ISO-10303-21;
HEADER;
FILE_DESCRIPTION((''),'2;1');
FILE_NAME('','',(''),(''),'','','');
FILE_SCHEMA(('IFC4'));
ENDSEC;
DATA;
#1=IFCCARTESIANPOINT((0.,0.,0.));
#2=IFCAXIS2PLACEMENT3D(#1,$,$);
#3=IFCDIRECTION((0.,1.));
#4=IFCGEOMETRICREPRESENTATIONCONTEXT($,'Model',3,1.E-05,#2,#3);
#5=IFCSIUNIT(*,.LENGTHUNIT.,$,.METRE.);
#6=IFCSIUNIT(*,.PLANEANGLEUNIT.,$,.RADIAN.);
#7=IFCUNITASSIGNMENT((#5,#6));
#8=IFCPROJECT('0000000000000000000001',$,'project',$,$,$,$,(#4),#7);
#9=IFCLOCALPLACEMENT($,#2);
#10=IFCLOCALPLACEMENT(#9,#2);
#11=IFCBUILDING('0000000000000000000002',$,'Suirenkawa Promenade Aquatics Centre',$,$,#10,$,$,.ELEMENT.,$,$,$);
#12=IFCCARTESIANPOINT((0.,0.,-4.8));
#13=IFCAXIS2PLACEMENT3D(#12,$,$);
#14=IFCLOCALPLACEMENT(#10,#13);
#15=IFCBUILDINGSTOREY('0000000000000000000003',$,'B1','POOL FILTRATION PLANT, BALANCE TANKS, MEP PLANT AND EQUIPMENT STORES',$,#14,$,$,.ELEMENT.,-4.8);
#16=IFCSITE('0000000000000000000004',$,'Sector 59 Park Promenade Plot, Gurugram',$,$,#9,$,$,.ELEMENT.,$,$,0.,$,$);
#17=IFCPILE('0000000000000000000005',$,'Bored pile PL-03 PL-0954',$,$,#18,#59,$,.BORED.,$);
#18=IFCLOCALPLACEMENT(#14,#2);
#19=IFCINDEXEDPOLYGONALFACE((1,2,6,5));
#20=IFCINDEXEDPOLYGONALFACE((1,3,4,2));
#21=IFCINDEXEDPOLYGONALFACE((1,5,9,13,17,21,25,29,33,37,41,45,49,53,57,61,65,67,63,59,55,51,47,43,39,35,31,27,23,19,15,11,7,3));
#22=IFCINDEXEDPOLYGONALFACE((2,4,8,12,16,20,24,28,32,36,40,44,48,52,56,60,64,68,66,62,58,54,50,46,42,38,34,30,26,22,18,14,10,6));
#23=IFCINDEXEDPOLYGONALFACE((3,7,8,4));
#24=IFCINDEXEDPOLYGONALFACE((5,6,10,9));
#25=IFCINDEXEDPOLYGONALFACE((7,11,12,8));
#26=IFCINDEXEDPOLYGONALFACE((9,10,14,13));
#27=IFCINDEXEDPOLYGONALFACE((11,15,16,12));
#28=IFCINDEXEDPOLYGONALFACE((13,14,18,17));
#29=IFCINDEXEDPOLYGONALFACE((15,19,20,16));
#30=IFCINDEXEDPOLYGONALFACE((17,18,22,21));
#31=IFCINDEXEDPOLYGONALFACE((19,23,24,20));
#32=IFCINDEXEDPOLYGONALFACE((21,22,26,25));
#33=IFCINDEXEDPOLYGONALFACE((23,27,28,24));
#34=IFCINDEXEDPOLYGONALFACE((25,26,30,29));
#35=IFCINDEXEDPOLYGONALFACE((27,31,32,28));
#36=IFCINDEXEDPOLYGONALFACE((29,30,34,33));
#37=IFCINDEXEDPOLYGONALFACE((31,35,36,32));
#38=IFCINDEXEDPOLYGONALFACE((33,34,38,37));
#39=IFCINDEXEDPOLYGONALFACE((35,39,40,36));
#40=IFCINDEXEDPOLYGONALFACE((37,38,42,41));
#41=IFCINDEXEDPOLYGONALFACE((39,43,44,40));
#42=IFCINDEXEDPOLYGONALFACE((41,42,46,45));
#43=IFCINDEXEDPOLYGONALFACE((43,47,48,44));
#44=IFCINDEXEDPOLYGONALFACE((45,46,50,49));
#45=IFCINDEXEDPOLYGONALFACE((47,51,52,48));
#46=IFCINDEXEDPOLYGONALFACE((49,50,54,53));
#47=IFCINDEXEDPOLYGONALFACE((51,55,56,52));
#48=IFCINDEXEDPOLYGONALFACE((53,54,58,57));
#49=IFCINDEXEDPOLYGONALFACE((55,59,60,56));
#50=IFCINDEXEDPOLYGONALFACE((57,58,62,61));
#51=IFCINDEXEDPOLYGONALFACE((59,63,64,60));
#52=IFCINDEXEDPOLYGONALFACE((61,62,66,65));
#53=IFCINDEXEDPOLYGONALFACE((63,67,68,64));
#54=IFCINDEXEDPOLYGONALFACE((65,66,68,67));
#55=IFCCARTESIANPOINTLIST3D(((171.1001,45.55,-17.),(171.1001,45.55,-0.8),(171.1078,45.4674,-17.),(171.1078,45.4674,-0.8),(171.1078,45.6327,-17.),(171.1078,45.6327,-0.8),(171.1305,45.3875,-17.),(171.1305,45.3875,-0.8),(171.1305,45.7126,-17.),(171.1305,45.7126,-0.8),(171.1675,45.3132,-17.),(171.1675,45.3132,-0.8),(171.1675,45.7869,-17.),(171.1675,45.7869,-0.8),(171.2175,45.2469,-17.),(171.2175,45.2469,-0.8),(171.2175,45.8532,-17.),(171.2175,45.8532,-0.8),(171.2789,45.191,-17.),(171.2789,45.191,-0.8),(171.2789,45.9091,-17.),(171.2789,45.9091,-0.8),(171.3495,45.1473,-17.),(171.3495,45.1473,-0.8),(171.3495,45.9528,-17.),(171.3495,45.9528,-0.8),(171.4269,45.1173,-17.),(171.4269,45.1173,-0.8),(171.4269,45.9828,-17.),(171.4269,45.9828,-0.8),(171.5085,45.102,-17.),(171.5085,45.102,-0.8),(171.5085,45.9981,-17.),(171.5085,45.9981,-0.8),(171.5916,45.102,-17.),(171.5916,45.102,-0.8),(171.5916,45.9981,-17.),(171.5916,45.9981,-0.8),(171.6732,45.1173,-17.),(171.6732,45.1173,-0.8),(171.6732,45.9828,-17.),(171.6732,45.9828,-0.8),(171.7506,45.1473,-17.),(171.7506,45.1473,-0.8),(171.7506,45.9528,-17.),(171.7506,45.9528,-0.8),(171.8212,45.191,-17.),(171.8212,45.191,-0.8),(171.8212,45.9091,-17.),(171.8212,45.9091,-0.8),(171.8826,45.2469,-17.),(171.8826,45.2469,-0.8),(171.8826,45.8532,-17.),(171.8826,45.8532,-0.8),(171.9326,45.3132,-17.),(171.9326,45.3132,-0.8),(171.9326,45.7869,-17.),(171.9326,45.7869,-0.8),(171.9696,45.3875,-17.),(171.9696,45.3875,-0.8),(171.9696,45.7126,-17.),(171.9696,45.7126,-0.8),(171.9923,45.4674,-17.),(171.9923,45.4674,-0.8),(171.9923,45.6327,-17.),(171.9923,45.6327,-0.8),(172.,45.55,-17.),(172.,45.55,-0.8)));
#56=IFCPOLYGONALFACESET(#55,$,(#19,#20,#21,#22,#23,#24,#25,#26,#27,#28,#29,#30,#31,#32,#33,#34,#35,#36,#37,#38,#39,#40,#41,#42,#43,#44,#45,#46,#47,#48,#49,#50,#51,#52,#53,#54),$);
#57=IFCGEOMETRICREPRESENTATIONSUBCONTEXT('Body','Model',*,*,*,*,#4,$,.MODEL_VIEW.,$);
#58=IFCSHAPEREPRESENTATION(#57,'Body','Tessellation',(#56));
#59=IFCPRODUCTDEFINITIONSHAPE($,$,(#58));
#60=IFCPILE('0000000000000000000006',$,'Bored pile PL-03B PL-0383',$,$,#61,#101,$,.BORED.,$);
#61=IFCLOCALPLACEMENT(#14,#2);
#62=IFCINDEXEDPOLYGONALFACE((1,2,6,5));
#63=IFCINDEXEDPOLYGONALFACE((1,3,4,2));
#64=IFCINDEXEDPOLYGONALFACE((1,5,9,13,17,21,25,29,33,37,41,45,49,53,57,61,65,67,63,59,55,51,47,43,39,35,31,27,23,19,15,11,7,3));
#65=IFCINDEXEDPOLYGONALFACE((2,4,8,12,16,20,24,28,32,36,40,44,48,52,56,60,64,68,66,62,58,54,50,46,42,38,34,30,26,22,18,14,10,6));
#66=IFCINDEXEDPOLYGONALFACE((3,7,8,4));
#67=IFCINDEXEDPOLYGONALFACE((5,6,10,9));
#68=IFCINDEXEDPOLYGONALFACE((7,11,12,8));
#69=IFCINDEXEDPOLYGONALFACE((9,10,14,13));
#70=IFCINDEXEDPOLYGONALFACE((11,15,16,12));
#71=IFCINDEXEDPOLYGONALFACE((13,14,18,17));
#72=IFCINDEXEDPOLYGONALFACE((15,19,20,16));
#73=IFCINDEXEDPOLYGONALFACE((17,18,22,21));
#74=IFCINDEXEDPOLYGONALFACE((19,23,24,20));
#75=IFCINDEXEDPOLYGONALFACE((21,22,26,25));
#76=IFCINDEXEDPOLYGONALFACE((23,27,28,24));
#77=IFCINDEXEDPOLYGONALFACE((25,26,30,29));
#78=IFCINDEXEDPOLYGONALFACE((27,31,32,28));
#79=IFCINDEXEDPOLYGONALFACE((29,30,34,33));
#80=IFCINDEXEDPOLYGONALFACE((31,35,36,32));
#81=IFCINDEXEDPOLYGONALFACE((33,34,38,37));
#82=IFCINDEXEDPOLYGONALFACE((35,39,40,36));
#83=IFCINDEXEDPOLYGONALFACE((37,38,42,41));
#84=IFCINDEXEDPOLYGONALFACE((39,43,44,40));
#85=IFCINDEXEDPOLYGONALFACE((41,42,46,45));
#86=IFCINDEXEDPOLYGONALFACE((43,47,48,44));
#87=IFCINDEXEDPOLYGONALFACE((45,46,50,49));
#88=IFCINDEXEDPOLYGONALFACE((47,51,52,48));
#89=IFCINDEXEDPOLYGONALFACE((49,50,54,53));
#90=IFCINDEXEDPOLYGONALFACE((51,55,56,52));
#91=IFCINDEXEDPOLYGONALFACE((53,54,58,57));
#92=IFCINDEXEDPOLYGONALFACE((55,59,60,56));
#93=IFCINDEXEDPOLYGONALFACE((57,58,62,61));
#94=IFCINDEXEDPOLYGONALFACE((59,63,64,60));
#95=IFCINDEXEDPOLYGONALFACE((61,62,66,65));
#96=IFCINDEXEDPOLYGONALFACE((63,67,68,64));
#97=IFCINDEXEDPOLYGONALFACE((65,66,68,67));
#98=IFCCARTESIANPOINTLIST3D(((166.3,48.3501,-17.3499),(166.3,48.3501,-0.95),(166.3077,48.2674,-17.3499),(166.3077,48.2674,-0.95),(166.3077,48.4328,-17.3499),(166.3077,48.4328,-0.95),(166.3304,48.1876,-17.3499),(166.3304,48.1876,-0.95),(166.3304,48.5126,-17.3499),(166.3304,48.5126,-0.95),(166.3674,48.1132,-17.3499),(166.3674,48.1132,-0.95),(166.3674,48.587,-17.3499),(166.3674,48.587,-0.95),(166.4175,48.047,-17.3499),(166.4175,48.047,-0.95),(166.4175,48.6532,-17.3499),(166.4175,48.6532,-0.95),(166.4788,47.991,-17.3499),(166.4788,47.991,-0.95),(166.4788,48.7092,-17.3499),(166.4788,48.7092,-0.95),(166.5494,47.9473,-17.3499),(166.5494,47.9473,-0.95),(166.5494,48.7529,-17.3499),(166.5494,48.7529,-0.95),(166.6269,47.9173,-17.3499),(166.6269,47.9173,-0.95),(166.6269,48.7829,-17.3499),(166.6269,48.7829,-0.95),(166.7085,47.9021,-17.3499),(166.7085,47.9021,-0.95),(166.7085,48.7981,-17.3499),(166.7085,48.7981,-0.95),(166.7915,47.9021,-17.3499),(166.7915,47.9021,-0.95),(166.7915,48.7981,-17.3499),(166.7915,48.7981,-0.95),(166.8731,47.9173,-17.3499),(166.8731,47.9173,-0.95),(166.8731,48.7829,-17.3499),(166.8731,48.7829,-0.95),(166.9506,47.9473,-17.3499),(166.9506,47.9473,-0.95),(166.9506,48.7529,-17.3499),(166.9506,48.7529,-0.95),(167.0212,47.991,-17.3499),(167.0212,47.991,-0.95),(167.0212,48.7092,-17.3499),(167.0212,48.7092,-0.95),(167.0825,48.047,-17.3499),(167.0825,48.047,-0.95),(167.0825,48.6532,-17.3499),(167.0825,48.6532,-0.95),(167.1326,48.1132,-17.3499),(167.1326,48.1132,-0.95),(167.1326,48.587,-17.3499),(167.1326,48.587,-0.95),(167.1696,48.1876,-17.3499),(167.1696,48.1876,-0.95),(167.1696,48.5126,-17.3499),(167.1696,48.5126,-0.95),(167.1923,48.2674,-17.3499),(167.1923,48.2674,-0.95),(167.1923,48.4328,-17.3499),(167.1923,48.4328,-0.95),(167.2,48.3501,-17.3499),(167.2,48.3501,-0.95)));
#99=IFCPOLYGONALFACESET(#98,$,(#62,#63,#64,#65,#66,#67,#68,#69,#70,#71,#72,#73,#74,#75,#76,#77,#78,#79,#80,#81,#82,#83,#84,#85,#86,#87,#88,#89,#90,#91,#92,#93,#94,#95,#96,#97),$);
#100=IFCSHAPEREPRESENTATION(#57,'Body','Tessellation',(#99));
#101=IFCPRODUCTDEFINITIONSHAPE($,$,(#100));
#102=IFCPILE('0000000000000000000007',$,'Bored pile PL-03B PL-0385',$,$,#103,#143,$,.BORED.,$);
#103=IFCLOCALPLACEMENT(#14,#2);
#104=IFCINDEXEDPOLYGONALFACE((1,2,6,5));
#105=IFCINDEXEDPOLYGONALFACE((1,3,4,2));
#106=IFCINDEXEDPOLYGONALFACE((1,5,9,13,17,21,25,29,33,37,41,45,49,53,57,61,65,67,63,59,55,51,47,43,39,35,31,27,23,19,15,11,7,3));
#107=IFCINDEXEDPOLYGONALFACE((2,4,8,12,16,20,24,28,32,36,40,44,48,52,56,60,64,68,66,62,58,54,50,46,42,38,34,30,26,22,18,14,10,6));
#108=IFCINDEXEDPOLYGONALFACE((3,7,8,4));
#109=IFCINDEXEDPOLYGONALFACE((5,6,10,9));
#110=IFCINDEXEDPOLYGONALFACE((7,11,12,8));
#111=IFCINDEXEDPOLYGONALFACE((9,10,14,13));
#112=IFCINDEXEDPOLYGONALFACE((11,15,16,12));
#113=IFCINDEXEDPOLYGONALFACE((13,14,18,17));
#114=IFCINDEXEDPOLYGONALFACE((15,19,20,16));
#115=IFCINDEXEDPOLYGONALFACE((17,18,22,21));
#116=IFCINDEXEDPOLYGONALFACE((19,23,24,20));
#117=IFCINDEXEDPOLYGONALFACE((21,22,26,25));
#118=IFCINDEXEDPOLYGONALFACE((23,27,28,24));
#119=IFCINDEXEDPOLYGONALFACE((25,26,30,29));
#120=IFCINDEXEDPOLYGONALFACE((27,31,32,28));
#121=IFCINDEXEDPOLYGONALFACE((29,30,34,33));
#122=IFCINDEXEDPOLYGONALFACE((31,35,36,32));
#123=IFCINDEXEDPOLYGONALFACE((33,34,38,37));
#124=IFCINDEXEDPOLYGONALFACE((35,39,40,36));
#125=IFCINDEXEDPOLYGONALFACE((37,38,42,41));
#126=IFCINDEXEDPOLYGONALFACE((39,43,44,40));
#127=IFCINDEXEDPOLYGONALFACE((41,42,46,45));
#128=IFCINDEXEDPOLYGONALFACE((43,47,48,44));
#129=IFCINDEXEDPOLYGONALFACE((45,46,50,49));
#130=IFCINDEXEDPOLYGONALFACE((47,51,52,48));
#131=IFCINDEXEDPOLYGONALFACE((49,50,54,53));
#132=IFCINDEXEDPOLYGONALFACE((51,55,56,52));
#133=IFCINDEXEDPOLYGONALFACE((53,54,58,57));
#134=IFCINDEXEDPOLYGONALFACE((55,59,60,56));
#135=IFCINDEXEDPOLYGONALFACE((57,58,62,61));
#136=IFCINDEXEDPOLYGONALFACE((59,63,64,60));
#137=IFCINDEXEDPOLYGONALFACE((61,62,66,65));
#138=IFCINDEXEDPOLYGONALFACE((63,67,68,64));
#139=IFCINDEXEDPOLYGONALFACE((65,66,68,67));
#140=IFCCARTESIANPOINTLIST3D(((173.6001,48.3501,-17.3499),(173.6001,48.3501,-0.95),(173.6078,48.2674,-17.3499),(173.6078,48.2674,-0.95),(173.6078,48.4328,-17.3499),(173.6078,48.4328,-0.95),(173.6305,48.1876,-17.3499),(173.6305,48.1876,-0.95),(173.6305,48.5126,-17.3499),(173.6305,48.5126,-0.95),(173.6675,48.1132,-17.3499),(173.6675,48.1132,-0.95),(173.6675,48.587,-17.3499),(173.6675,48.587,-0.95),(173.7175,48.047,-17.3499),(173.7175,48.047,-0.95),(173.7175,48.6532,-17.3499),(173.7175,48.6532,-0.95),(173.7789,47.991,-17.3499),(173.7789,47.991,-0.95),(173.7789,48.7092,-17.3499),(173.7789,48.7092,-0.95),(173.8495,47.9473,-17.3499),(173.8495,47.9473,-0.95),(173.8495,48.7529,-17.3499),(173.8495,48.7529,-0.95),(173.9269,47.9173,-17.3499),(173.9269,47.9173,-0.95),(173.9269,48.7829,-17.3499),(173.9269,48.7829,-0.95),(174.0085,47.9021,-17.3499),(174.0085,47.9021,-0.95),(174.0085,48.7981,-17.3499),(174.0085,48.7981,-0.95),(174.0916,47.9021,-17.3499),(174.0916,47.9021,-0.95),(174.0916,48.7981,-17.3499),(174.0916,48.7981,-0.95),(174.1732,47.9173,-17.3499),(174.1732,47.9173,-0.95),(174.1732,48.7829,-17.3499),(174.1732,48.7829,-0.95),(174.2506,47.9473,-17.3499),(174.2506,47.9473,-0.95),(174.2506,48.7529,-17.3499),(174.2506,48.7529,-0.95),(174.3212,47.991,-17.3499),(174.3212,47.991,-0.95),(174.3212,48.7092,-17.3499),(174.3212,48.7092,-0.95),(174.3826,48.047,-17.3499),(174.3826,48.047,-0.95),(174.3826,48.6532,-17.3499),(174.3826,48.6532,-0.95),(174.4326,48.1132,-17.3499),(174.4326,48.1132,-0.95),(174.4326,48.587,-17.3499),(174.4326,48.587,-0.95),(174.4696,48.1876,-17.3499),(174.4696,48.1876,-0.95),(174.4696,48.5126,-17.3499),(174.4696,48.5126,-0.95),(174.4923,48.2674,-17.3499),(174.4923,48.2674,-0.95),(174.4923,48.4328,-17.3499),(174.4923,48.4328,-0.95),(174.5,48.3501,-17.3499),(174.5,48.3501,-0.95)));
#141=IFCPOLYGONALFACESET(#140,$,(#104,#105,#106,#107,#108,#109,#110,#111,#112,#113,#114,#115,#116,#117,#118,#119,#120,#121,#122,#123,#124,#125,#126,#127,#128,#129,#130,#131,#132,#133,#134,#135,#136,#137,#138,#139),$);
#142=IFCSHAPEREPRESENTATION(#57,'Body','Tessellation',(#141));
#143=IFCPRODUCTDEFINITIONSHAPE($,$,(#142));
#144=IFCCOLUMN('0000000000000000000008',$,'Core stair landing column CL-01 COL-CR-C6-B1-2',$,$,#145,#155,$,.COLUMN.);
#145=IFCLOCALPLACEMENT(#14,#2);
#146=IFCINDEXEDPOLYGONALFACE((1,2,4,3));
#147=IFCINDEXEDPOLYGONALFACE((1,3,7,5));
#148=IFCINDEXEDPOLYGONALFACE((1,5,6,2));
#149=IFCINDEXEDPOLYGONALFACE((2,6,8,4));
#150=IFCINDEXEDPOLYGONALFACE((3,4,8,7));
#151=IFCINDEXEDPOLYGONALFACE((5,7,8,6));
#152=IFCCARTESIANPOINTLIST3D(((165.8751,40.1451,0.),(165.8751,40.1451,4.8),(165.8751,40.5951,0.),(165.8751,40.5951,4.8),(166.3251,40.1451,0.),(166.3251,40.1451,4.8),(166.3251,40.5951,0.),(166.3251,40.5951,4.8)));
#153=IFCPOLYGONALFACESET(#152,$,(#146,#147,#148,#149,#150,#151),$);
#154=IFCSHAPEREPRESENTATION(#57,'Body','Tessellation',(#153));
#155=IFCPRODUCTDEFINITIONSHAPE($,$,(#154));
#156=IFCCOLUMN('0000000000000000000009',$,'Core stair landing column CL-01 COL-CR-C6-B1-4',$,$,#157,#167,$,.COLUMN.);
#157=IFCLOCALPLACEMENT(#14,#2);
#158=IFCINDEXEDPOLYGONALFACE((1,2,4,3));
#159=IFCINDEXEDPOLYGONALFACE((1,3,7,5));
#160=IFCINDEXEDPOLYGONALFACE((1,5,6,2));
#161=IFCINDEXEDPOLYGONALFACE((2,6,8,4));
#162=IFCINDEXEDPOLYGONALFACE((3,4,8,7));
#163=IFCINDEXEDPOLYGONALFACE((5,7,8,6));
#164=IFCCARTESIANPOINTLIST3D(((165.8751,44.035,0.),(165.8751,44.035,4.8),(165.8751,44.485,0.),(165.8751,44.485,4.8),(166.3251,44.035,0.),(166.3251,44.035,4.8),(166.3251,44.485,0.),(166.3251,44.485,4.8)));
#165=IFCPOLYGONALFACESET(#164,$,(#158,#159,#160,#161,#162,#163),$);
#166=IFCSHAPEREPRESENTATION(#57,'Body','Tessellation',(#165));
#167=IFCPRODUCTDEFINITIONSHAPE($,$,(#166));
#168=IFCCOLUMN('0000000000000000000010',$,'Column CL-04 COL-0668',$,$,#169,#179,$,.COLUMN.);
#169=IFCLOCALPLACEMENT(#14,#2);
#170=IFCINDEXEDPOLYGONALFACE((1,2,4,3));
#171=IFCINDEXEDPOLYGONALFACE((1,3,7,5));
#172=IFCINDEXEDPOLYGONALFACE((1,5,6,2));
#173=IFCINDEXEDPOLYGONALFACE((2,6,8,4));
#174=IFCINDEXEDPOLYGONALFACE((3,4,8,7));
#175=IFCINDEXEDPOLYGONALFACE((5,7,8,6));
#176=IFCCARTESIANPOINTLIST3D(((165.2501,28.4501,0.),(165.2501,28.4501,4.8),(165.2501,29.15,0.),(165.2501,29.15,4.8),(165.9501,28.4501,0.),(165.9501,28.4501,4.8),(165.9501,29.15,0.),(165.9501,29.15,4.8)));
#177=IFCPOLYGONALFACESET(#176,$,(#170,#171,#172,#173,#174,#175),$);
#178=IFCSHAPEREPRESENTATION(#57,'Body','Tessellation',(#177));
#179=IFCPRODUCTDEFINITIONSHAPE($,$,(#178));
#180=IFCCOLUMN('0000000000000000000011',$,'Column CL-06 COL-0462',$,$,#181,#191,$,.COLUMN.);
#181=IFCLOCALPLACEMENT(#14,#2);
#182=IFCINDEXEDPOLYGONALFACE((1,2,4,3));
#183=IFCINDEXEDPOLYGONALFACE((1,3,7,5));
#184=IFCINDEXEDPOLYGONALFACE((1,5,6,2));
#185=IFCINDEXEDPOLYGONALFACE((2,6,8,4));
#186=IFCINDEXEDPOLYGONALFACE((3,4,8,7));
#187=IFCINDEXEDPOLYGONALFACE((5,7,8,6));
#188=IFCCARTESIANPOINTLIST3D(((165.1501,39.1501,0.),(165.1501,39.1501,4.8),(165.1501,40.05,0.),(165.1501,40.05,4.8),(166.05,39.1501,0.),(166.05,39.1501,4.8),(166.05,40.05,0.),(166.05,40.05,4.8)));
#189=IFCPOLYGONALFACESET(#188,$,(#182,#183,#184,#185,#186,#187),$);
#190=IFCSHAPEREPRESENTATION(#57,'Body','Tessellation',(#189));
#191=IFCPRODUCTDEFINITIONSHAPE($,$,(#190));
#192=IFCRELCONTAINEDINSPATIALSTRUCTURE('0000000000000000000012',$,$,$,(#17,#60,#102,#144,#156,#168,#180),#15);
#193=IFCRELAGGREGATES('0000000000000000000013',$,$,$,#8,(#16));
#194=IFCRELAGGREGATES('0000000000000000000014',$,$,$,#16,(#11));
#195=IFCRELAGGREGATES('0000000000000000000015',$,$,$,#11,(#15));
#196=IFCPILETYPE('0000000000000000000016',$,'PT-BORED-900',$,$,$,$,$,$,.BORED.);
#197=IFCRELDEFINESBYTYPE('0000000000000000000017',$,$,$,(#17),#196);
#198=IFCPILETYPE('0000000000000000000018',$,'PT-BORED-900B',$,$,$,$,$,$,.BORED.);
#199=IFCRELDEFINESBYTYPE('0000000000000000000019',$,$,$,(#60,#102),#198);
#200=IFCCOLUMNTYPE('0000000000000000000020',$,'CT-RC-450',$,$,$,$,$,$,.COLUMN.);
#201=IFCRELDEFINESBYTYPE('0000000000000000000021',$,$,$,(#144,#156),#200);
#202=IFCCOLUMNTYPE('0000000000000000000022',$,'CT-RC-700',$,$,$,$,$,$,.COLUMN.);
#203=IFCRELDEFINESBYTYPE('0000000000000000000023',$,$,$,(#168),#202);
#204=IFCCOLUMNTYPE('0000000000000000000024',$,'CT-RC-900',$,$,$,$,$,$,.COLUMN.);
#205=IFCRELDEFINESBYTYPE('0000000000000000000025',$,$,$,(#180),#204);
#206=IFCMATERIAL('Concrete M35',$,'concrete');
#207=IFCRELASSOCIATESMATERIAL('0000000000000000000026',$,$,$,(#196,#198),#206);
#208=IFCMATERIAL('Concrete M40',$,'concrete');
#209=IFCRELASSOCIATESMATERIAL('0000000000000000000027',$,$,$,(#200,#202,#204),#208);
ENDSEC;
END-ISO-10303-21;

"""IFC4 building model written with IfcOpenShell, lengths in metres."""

from ifc_helpers import new_model, si_unit, direction, frame, origin, origin_2d, place, context, subcontext, project, spatial, rectangle, circle, extrude, material, material_profile, profile_set, type_object, element, save


model = new_model("IFC4")

# Units and contexts
model_context = context("Model", 3, precision=1e-05, world=origin(), true_north=direction((0.0, 1.0)))
body_context = subcontext(model_context, "Body", "Model", "MODEL_VIEW")
ifc_project = project(units=[si_unit("LENGTHUNIT", "METRE"), si_unit("PLANEANGLEUNIT", "RADIAN")], contexts=[model_context])

# Site, building, storey
site_placement = place(None, origin())
site = spatial("IfcSite", under=ifc_project, at=site_placement, Name="Sector 59 Park Promenade Plot, Gurugram", CompositionType="ELEMENT", RefElevation=0.0)
building_placement = place(site_placement, origin())
building = spatial("IfcBuilding", under=site, at=building_placement, Name="Suirenkawa Promenade Aquatics Centre", CompositionType="ELEMENT")
storey_placement = place(building_placement, frame((0.0, 0.0, -4.8)))
storey = spatial("IfcBuildingStorey", under=building, at=storey_placement, Name="B1", Description="POOL FILTRATION PLANT, BALANCE TANKS, MEP PLANT AND EQUIPMENT STORES", CompositionType="ELEMENT", Elevation=-4.8)

# Shared definitions
ifc_material_1 = material(Name="Concrete M35", Category="concrete")

# Piles
ifc_material_profile_1 = material_profile(ifc_material_1, circle(Radius=0.45, at=origin_2d()), Name="PILE D900", Category="concrete")
ifc_profile_set_1 = profile_set([ifc_material_profile_1], Name="Concrete M35")
pile_type_1 = type_object("IfcPileType", Name="PT-BORED-900", PredefinedType="BORED", material=ifc_profile_set_1)
for number, where, z_axis, x_axis, name in (
    (1, (171.55, 45.55, -0.8), (0.0, 0.0, -1.0), (1.0, 0.0, 0.0), "Bored pile PL-03 PL-0954"),
):
    element("IfcPile", number, at=place(storey_placement, frame(where, z_axis=z_axis, x_axis=x_axis)), inside=storey, type_object=pile_type_1, Name=name, PredefinedType="BORED", context=body_context, shape_type="SweptSolid", body=[
        extrude(circle(Radius=0.45, at=origin_2d()), origin(), (0.0, 0.0, 1.0), 16.2),
    ])
ifc_material_profile_2 = material_profile(ifc_material_1, circle(Radius=0.45, at=origin_2d()), Name="PILE D900", Category="concrete")
ifc_profile_set_2 = profile_set([ifc_material_profile_2], Name="Concrete M35")
pile_type_2 = type_object("IfcPileType", Name="PT-BORED-900B", PredefinedType="BORED", material=ifc_profile_set_2)
for number, where, z_axis, x_axis, name in (
    (2, (166.75, 48.3501, -0.95), (0.0, 0.0, -1.0), (1.0, 0.0, 0.0), "Bored pile PL-03B PL-0383"),
    (3, (174.05, 48.3501, -0.95), (0.0, 0.0, -1.0), (1.0, 0.0, 0.0), "Bored pile PL-03B PL-0385"),
):
    element("IfcPile", number, at=place(storey_placement, frame(where, z_axis=z_axis, x_axis=x_axis)), inside=storey, type_object=pile_type_2, Name=name, PredefinedType="BORED", context=body_context, shape_type="SweptSolid", body=[
        extrude(circle(Radius=0.45, at=origin_2d()), origin(), (0.0, 0.0, 1.0), 16.3999),
    ])

# Columns
ifc_material_2 = material(Name="Concrete M40", Category="concrete")
ifc_material_profile_3 = material_profile(ifc_material_2, rectangle(XDim=0.45, YDim=0.45, at=origin_2d()), Name="RC COL 450x450", Category="concrete")
ifc_profile_set_3 = profile_set([ifc_material_profile_3], Name="Concrete M40")
column_type_1 = type_object("IfcColumnType", Name="CT-RC-450", PredefinedType="COLUMN", material=ifc_profile_set_3)
for number, where, z_axis, x_axis, name in (
    (4, (166.1001, 40.3701, 0.0), (0.0, 0.0, 1.0), (1.0, 0.0, 0.0), "Core stair landing column CL-01 COL-CR-C6-B1-2"),
    (5, (166.1001, 44.26, 0.0), (0.0, 0.0, 1.0), (1.0, 0.0, 0.0), "Core stair landing column CL-01 COL-CR-C6-B1-4"),
):
    element("IfcColumn", number, at=place(storey_placement, frame(where, z_axis=z_axis, x_axis=x_axis)), inside=storey, type_object=column_type_1, Name=name, PredefinedType="COLUMN", context=body_context, shape_type="SweptSolid", body=[
        extrude(rectangle(XDim=0.45, YDim=0.45, at=origin_2d()), origin(), (0.0, 0.0, 1.0), 4.8),
    ])
ifc_material_profile_4 = material_profile(ifc_material_2, rectangle(XDim=0.7, YDim=0.7, at=origin_2d()), Name="RC COL 700x700", Category="concrete")
ifc_profile_set_4 = profile_set([ifc_material_profile_4], Name="Concrete M40")
column_type_2 = type_object("IfcColumnType", Name="CT-RC-700", PredefinedType="COLUMN", material=ifc_profile_set_4)
column_placement = place(storey_placement, frame((165.6001, 28.8, 0.0), z_axis=(0.0, 0.0, 1.0), x_axis=(1.0, 0.0, 0.0)))
element("IfcColumn", 6, at=column_placement, inside=storey, type_object=column_type_2, Name="Column CL-04 COL-0668", PredefinedType="COLUMN", context=body_context, shape_type="SweptSolid", body=[
    extrude(rectangle(XDim=0.7, YDim=0.7, at=origin_2d()), origin(), (0.0, 0.0, 1.0), 4.8),
])
ifc_material_profile_5 = material_profile(ifc_material_2, rectangle(XDim=0.8999, YDim=0.8999, at=origin_2d()), Name="RC COL 900x900", Category="concrete")
ifc_profile_set_5 = profile_set([ifc_material_profile_5], Name="Concrete M40")
column_type_3 = type_object("IfcColumnType", Name="CT-RC-900", PredefinedType="COLUMN", material=ifc_profile_set_5)
for number, where, z_axis, x_axis, name in (
    (7, (165.6001, 39.6001, 0.0), (0.0, 0.0, 1.0), (1.0, 0.0, 0.0), "Column CL-06 COL-0462"),
):
    element("IfcColumn", number, at=place(storey_placement, frame(where, z_axis=z_axis, x_axis=x_axis)), inside=storey, type_object=column_type_3, Name=name, PredefinedType="COLUMN", context=body_context, shape_type="SweptSolid", body=[
        extrude(rectangle(XDim=0.8999, YDim=0.8999, at=origin_2d()), origin(), (0.0, 0.0, 1.0), 4.8),
    ])

save(model, "model.ifc")
